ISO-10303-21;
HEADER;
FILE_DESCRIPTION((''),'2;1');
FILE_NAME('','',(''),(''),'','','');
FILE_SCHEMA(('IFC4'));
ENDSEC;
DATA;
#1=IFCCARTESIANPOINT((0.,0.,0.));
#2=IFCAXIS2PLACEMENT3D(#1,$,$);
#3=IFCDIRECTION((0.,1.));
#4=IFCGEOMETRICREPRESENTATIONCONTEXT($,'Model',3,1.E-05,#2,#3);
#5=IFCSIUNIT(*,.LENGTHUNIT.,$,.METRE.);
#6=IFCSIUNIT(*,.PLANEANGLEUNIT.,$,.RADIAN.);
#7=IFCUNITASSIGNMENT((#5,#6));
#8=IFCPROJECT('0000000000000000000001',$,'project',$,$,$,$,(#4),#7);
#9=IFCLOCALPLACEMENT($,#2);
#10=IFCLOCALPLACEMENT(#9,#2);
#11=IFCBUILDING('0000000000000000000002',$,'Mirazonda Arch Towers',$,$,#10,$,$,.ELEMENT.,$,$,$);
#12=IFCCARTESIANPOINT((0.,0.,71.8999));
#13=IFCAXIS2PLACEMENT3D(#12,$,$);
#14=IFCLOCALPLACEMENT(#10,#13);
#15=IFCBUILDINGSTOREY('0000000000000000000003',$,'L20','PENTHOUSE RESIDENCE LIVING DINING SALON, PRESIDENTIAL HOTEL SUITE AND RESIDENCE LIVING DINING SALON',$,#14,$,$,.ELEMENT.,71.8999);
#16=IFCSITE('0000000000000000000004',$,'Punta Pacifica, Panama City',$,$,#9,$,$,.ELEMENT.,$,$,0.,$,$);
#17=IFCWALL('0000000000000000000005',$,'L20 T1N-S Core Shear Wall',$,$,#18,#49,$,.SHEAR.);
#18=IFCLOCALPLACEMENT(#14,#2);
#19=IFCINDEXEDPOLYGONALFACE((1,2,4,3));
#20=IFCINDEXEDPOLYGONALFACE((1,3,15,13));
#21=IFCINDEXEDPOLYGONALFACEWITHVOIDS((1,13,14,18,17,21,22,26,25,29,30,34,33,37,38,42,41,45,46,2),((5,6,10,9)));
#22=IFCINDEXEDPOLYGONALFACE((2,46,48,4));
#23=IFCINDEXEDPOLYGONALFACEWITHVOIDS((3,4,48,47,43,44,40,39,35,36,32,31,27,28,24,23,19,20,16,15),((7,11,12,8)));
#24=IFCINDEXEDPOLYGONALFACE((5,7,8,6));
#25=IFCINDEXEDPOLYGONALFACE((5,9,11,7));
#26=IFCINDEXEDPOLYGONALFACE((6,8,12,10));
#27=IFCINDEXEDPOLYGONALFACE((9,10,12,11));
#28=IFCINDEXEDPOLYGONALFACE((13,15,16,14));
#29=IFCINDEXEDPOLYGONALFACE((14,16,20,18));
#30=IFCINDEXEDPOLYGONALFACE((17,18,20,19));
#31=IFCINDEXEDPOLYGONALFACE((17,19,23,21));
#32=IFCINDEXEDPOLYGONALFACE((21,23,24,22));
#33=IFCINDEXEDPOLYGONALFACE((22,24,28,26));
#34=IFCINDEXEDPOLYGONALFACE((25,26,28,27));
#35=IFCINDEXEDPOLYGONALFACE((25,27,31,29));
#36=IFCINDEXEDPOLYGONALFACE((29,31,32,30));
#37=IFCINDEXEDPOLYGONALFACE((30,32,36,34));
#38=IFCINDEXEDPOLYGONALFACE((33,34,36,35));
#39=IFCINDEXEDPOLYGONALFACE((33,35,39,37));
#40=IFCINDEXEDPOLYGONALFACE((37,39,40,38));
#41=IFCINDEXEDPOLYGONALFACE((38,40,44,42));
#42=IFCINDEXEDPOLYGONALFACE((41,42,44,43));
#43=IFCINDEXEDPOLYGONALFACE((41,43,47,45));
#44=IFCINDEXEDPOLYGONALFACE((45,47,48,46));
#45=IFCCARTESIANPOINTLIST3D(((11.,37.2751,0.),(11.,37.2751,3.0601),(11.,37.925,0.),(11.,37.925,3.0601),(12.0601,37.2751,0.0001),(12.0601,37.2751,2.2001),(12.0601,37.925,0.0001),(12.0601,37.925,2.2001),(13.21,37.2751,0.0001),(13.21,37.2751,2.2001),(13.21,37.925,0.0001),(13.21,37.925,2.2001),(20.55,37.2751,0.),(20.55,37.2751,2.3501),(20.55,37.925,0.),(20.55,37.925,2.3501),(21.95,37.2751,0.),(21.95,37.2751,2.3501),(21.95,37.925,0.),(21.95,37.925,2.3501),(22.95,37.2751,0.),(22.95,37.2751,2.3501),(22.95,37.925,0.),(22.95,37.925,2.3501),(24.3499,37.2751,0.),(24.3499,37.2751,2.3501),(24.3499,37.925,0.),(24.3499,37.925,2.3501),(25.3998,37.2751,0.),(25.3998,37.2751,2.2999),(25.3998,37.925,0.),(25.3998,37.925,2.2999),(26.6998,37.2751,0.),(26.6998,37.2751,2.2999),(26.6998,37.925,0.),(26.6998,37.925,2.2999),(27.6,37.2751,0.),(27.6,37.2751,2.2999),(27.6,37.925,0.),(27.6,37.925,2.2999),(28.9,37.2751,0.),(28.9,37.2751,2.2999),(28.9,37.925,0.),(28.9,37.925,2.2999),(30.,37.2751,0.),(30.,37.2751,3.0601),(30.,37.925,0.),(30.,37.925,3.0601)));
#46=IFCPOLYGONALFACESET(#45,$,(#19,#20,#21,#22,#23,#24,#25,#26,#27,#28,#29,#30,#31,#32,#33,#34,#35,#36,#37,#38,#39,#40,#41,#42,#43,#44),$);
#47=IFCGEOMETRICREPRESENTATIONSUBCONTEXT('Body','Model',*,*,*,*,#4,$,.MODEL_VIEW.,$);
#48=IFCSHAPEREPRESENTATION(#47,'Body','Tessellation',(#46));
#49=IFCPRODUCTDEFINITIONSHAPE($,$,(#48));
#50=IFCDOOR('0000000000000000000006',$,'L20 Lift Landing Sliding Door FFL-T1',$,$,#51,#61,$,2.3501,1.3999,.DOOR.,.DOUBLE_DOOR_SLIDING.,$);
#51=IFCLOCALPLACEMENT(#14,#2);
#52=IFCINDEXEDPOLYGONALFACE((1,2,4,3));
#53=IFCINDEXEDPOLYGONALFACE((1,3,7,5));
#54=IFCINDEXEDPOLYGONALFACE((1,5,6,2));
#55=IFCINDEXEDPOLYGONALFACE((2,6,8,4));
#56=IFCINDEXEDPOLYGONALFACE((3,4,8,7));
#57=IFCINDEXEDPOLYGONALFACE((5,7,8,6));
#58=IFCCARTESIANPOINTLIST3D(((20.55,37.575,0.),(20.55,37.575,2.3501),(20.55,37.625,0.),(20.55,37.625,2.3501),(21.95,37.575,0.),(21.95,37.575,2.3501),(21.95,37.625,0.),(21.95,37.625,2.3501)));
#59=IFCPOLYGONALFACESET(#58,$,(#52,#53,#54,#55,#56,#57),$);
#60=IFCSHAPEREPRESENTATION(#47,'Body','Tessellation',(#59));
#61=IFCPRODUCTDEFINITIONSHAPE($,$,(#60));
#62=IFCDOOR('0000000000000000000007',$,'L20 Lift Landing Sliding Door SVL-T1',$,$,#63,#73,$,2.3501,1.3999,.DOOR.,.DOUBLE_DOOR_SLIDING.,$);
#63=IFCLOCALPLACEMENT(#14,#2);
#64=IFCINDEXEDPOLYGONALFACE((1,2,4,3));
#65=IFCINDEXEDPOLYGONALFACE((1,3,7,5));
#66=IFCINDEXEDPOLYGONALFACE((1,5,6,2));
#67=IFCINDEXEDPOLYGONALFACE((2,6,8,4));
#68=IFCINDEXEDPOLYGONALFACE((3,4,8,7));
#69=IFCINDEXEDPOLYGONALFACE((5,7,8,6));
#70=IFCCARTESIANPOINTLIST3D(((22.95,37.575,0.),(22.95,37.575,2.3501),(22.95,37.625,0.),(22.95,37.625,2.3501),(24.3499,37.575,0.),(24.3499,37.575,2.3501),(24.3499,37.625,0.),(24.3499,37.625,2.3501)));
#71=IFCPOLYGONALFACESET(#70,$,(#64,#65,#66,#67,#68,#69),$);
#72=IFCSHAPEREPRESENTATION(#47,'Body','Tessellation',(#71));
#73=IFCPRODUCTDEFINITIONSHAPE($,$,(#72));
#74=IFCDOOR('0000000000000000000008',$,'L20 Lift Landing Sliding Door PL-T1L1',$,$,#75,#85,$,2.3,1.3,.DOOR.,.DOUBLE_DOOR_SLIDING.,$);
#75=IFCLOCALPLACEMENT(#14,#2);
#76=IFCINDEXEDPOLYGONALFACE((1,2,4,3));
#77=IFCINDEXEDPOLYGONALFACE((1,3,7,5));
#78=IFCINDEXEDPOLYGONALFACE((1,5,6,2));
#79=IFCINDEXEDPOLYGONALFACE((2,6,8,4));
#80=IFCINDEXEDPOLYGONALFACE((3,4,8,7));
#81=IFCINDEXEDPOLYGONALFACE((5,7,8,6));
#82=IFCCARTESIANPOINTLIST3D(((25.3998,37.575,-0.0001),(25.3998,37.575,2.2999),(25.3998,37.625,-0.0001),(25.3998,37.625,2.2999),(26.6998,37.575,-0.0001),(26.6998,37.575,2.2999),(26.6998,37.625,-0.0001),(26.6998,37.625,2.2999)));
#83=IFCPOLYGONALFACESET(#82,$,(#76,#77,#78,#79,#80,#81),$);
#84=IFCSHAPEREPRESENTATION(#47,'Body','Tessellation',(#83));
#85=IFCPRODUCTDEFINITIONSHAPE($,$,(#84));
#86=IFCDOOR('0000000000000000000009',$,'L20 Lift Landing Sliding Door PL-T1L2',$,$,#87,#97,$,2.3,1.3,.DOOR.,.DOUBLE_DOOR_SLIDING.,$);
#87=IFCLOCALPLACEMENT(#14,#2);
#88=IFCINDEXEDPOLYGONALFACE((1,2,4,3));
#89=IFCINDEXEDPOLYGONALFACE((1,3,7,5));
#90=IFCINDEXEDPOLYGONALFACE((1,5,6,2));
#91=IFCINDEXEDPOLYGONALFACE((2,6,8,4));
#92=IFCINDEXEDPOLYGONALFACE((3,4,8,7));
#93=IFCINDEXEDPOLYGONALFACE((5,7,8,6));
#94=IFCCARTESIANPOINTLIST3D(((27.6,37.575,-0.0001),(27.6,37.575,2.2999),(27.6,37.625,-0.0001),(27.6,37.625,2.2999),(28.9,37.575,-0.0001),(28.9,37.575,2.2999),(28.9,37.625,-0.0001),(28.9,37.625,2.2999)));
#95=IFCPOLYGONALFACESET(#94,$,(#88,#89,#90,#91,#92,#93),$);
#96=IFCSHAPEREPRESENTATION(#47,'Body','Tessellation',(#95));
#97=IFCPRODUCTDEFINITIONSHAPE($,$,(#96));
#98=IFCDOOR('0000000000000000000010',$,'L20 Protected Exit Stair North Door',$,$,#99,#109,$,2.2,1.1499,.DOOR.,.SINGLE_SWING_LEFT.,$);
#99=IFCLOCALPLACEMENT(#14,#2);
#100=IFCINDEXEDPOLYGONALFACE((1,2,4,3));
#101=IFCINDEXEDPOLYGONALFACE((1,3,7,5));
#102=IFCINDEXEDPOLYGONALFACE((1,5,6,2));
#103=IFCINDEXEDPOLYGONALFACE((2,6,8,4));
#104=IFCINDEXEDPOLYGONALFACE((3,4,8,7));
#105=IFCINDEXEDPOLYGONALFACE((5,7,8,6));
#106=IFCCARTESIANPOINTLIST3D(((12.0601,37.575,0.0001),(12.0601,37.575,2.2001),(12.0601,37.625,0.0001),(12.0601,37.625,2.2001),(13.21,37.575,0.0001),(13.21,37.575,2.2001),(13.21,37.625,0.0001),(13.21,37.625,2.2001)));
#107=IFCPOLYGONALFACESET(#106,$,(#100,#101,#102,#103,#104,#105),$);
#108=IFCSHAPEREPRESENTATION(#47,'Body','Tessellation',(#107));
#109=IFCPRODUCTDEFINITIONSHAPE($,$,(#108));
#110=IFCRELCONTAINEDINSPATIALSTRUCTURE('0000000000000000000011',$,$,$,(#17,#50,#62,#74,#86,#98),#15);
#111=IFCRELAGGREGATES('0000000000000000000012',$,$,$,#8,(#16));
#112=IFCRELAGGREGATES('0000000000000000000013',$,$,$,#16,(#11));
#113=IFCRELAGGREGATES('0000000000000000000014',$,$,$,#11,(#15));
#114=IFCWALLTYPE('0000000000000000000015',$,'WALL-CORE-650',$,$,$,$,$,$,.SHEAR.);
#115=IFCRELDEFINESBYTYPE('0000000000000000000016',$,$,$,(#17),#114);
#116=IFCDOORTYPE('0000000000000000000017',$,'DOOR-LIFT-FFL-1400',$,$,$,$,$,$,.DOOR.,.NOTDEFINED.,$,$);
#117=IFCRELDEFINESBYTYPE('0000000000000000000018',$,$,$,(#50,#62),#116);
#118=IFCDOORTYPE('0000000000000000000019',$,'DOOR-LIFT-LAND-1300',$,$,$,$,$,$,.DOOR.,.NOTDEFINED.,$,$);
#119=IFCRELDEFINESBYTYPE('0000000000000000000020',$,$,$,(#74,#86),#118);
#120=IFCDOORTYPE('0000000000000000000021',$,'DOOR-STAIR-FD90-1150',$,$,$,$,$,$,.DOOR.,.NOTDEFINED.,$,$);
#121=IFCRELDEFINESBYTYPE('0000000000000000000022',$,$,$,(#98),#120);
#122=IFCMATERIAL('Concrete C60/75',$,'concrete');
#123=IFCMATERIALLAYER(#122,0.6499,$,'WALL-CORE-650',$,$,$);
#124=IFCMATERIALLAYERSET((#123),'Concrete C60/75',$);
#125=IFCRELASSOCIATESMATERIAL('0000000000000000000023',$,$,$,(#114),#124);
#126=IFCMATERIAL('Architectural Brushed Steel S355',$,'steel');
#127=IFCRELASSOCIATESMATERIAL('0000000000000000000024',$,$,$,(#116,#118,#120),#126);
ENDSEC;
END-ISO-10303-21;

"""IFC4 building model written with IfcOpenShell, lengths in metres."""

from ifc_helpers import new_model, si_unit, direction, frame, frame_2d, origin, place, context, subcontext, project, spatial, rectangle, extrude, material, layer, layer_set, type_object, element, fill, save


model = new_model("IFC4")

# Units and contexts
model_context = context("Model", 3, precision=1e-05, world=origin(), true_north=direction((0.0, 1.0)))
body_context = subcontext(model_context, "Body", "Model", "MODEL_VIEW")
ifc_project = project(units=[si_unit("LENGTHUNIT", "METRE"), si_unit("PLANEANGLEUNIT", "RADIAN")], contexts=[model_context])

# Site, building, storey
site_placement = place(None, origin())
site = spatial("IfcSite", under=ifc_project, at=site_placement, Name="Punta Pacifica, Panama City", CompositionType="ELEMENT", RefElevation=0.0)
building_placement = place(site_placement, origin())
building = spatial("IfcBuilding", under=site, at=building_placement, Name="Mirazonda Arch Towers", CompositionType="ELEMENT")
storey_placement = place(building_placement, frame((0.0, 0.0, 71.8999)))
storey = spatial("IfcBuildingStorey", under=building, at=storey_placement, Name="L20", Description="PENTHOUSE RESIDENCE LIVING DINING SALON, PRESIDENTIAL HOTEL SUITE AND RESIDENCE LIVING DINING SALON", CompositionType="ELEMENT", Elevation=71.8999)

# Shared definitions
ifc_material_1 = material(Name="Concrete C60/75", Category="concrete")

# Shared definitions
ifc_layer_1 = layer(ifc_material_1, 0.6499, Name="WALL-CORE-650")
ifc_layer_set_1 = layer_set([ifc_layer_1], Name="Concrete C60/75")
wall_type_1 = type_object("IfcWallType", Name="WALL-CORE-650", PredefinedType="SHEAR", material=ifc_layer_set_1)

# Wall, openings, doors
wall_1_placement = place(storey_placement, frame((11.0, 37.6001, 0.0), z_axis=(0.0, 0.0, 1.0), x_axis=(1.0, 0.0, 0.0)))
wall_1 = element("IfcWall", 1, at=wall_1_placement, inside=storey, type_object=wall_type_1, Name="L20 T1N-S Core Shear Wall", PredefinedType="SHEAR", context=body_context, shape_type="SweptSolid", body=[
    extrude(rectangle(XDim=19.0, YDim=0.6499, at=frame_2d((9.5, 0.0))), origin(), (0.0, 0.0, 1.0), 3.0601),
])
opening_1_placement = place(wall_1_placement, frame((1.0601, 0.0, 0.0)))
opening_1 = element("IfcOpeningElement", 2, at=opening_1_placement, cuts=wall_1, PredefinedType="OPENING", context=body_context, shape_type="SweptSolid", body=[
    extrude(rectangle(XDim=1.1499, YDim=2.2, at=frame_2d((0.575, 1.1001))), frame((0.0, 0.335, 0.0), z_axis=(0.0, -1.0, 0.0), x_axis=(1.0, 0.0, 0.0)), (0.0, 0.0, 1.0), 0.6699),
])
opening_2_placement = place(wall_1_placement, frame((9.55, 0.0, 0.0)))
opening_2 = element("IfcOpeningElement", 3, at=opening_2_placement, cuts=wall_1, PredefinedType="OPENING", context=body_context, shape_type="SweptSolid", body=[
    extrude(rectangle(XDim=1.3999, YDim=2.3501, at=frame_2d((0.7, 1.175))), frame((0.0, 0.335, 0.0), z_axis=(0.0, -1.0, 0.0), x_axis=(1.0, 0.0, 0.0)), (0.0, 0.0, 1.0), 0.6699),
])
opening_3_placement = place(wall_1_placement, frame((11.95, 0.0, 0.0)))
opening_3 = element("IfcOpeningElement", 4, at=opening_3_placement, cuts=wall_1, PredefinedType="OPENING", context=body_context, shape_type="SweptSolid", body=[
    extrude(rectangle(XDim=1.3999, YDim=2.3501, at=frame_2d((0.7, 1.175))), frame((0.0, 0.335, 0.0), z_axis=(0.0, -1.0, 0.0), x_axis=(1.0, 0.0, 0.0)), (0.0, 0.0, 1.0), 0.6699),
])
opening_4_placement = place(wall_1_placement, frame((14.3999, 0.0, 0.0)))
opening_4 = element("IfcOpeningElement", 5, at=opening_4_placement, cuts=wall_1, PredefinedType="OPENING", context=body_context, shape_type="SweptSolid", body=[
    extrude(rectangle(XDim=1.3, YDim=2.3, at=frame_2d((0.6499, 1.1499))), frame((0.0, 0.335, 0.0), z_axis=(0.0, -1.0, 0.0), x_axis=(1.0, 0.0, 0.0)), (0.0, 0.0, 1.0), 0.6699),
])
opening_5_placement = place(wall_1_placement, frame((16.6001, 0.0, 0.0)))
opening_5 = element("IfcOpeningElement", 6, at=opening_5_placement, cuts=wall_1, PredefinedType="OPENING", context=body_context, shape_type="SweptSolid", body=[
    extrude(rectangle(XDim=1.3, YDim=2.3, at=frame_2d((0.6499, 1.1499))), frame((0.0, 0.335, 0.0), z_axis=(0.0, -1.0, 0.0), x_axis=(1.0, 0.0, 0.0)), (0.0, 0.0, 1.0), 0.6699),
])
ifc_material_2 = material(Name="Architectural Brushed Steel S355", Category="steel")
door_type_1 = type_object("IfcDoorType", Name="DOOR-LIFT-FFL-1400", OperationType="NOTDEFINED", PredefinedType="DOOR", material=ifc_material_2)
door_1_placement = place(opening_2_placement, origin())
door_1 = element("IfcDoor", 7, at=door_1_placement, inside=storey, type_object=door_type_1, Name="L20 Lift Landing Sliding Door FFL-T1", OperationType="DOUBLE_DOOR_SLIDING", OverallHeight=2.3501, OverallWidth=1.3999, PredefinedType="DOOR", context=body_context, shape_type="SweptSolid", body=[
    extrude(rectangle(XDim=1.3999, YDim=2.3501, at=frame_2d((0.7, 1.175))), frame((0.0, 0.0249, 0.0), z_axis=(0.0, -1.0, 0.0), x_axis=(1.0, 0.0, 0.0)), (0.0, 0.0, 1.0), 0.05),
])
fill(opening_2, door_1)
door_2_placement = place(opening_3_placement, origin())
door_2 = element("IfcDoor", 8, at=door_2_placement, inside=storey, type_object=door_type_1, Name="L20 Lift Landing Sliding Door SVL-T1", OperationType="DOUBLE_DOOR_SLIDING", OverallHeight=2.3501, OverallWidth=1.3999, PredefinedType="DOOR", context=body_context, shape_type="SweptSolid", body=[
    extrude(rectangle(XDim=1.3999, YDim=2.3501, at=frame_2d((0.7, 1.175))), frame((0.0, 0.0249, 0.0), z_axis=(0.0, -1.0, 0.0), x_axis=(1.0, 0.0, 0.0)), (0.0, 0.0, 1.0), 0.05),
])
fill(opening_3, door_2)
door_type_2 = type_object("IfcDoorType", Name="DOOR-LIFT-LAND-1300", OperationType="NOTDEFINED", PredefinedType="DOOR", material=ifc_material_2)
door_3_placement = place(opening_4_placement, origin())
door_3 = element("IfcDoor", 9, at=door_3_placement, inside=storey, type_object=door_type_2, Name="L20 Lift Landing Sliding Door PL-T1L1", OperationType="DOUBLE_DOOR_SLIDING", OverallHeight=2.3, OverallWidth=1.3, PredefinedType="DOOR", context=body_context, shape_type="SweptSolid", body=[
    extrude(rectangle(XDim=1.3, YDim=2.3, at=frame_2d((0.6499, 1.1499))), frame((0.0, 0.0249, 0.0), z_axis=(0.0, -1.0, 0.0), x_axis=(1.0, 0.0, 0.0)), (0.0, 0.0, 1.0), 0.05),
])
fill(opening_4, door_3)
door_4_placement = place(opening_5_placement, origin())
door_4 = element("IfcDoor", 10, at=door_4_placement, inside=storey, type_object=door_type_2, Name="L20 Lift Landing Sliding Door PL-T1L2", OperationType="DOUBLE_DOOR_SLIDING", OverallHeight=2.3, OverallWidth=1.3, PredefinedType="DOOR", context=body_context, shape_type="SweptSolid", body=[
    extrude(rectangle(XDim=1.3, YDim=2.3, at=frame_2d((0.6499, 1.1499))), frame((0.0, 0.0249, 0.0), z_axis=(0.0, -1.0, 0.0), x_axis=(1.0, 0.0, 0.0)), (0.0, 0.0, 1.0), 0.05),
])
fill(opening_5, door_4)
door_type_3 = type_object("IfcDoorType", Name="DOOR-STAIR-FD90-1150", OperationType="NOTDEFINED", PredefinedType="DOOR", material=ifc_material_2)
door_5_placement = place(opening_1_placement, origin())
door_5 = element("IfcDoor", 11, at=door_5_placement, inside=storey, type_object=door_type_3, Name="L20 Protected Exit Stair North Door", OperationType="SINGLE_SWING_LEFT", OverallHeight=2.2, OverallWidth=1.1499, PredefinedType="DOOR", context=body_context, shape_type="SweptSolid", body=[
    extrude(rectangle(XDim=1.1499, YDim=2.2, at=frame_2d((0.575, 1.1001))), frame((0.0, 0.0249, 0.0), z_axis=(0.0, -1.0, 0.0), x_axis=(1.0, 0.0, 0.0)), (0.0, 0.0, 1.0), 0.05),
])
fill(opening_1, door_5)

save(model, "model.ifc")
